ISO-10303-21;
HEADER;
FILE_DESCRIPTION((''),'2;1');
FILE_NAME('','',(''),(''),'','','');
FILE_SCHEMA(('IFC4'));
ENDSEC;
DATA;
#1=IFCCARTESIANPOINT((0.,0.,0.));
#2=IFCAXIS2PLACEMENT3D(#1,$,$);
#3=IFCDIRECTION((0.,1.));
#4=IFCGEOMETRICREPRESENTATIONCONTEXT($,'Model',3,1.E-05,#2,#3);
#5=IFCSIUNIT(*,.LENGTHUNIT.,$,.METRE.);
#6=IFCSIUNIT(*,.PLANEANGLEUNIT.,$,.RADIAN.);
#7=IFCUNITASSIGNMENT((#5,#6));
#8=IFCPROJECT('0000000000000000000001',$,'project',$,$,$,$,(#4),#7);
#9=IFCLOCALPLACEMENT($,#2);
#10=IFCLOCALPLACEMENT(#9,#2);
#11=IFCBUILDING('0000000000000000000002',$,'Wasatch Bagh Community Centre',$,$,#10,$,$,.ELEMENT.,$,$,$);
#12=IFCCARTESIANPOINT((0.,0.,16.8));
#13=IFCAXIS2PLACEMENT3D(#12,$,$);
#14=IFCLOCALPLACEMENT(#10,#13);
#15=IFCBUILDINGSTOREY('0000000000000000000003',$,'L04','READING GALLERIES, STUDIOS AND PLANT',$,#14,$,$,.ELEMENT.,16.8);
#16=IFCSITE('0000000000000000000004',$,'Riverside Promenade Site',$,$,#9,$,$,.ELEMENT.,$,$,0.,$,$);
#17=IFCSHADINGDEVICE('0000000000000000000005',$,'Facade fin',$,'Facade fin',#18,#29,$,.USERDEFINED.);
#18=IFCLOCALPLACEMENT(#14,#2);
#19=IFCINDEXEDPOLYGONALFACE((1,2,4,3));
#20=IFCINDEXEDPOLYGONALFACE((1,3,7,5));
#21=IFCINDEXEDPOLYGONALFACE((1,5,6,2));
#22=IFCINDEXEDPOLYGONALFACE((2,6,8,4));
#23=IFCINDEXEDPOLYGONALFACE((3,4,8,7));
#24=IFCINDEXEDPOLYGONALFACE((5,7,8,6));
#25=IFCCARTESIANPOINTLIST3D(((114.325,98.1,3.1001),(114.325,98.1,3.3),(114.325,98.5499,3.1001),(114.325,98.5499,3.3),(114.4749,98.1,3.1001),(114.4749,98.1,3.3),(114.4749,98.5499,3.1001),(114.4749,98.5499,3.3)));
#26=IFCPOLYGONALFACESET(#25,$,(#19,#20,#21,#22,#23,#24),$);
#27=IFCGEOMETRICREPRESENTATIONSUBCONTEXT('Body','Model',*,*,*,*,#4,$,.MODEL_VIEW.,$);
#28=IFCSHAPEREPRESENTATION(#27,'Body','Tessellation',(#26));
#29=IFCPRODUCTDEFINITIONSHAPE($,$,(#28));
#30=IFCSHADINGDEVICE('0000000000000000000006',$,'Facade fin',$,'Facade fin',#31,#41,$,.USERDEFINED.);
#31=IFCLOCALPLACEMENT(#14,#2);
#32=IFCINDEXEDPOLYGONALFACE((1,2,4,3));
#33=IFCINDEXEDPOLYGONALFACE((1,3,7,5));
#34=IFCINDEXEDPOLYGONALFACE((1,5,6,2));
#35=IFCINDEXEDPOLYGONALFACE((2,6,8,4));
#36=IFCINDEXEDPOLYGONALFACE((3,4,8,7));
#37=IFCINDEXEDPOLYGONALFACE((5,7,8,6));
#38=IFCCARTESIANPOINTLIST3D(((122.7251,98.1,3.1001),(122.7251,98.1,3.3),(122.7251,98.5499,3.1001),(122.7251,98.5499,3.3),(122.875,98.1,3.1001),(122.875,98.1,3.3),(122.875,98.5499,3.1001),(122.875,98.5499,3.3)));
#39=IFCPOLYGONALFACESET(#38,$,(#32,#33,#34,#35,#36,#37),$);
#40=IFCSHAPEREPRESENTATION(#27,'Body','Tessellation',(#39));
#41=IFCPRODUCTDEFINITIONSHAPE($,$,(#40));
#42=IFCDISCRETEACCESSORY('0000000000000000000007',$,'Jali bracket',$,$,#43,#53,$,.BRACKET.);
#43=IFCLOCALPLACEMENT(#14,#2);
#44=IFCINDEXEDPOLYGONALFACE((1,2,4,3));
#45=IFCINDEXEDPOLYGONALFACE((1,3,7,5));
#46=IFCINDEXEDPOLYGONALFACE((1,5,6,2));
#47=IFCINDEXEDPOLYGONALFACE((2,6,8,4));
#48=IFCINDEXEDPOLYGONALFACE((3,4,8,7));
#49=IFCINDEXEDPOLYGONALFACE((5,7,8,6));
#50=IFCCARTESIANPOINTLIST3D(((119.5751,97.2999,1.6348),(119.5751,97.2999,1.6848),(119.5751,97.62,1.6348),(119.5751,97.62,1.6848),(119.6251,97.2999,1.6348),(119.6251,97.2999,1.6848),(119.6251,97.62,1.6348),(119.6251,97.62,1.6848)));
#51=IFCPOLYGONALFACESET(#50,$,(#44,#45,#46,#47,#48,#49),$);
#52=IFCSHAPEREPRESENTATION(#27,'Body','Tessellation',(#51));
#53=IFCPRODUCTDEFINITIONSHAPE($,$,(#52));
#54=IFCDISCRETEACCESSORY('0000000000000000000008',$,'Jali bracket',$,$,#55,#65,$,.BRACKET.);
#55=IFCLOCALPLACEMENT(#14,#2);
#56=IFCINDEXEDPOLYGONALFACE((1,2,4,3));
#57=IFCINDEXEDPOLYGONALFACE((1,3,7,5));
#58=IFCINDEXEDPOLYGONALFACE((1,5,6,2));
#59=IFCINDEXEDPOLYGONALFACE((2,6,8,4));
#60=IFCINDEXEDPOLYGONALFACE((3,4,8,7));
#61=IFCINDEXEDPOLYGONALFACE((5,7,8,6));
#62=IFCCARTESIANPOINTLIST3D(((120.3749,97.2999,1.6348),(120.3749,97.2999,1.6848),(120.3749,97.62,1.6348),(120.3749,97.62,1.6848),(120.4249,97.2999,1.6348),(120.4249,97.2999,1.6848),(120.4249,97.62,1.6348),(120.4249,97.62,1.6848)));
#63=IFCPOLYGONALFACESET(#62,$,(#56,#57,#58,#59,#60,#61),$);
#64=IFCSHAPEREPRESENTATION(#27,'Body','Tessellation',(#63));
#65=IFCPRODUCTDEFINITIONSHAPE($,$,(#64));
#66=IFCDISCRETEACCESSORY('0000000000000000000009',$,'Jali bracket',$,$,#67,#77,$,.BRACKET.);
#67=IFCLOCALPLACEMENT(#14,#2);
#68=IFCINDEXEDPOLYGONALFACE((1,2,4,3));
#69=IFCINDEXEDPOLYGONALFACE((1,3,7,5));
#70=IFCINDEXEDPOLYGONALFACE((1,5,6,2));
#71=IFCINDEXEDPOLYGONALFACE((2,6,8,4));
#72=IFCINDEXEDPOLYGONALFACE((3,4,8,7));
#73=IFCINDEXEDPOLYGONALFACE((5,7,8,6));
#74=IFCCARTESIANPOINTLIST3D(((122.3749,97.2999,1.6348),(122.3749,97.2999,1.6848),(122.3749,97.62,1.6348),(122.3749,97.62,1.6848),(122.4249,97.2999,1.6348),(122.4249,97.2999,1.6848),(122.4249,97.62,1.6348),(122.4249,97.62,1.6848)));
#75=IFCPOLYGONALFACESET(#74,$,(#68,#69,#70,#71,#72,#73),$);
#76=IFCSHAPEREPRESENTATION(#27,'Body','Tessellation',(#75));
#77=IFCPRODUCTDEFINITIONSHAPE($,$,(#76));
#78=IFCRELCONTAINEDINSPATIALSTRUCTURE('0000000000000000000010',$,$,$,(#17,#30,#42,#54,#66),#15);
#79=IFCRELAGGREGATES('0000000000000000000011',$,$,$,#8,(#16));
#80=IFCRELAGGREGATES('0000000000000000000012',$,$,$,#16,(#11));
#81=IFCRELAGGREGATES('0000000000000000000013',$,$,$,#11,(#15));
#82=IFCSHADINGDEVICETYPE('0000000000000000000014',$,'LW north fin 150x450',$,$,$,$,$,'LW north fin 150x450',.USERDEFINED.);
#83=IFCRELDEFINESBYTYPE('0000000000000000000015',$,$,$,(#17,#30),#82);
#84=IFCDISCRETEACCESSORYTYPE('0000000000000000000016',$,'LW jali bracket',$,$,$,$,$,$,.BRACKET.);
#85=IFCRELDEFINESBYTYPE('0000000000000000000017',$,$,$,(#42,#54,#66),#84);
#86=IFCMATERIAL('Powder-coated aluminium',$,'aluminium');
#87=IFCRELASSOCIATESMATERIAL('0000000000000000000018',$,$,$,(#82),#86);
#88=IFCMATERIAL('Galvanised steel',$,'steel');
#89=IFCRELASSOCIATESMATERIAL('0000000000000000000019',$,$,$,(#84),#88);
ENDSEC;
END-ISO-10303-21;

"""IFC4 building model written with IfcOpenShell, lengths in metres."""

from ifc_helpers import new_model, si_unit, direction, frame, origin, origin_2d, place, context, subcontext, project, spatial, rectangle, extrude, material, type_object, element, save


model = new_model("IFC4")

# Units and contexts
model_context = context("Model", 3, precision=1e-05, world=origin(), true_north=direction((0.0, 1.0)))
body_context = subcontext(model_context, "Body", "Model", "MODEL_VIEW")
ifc_project = project(units=[si_unit("LENGTHUNIT", "METRE"), si_unit("PLANEANGLEUNIT", "RADIAN")], contexts=[model_context])

# Site, building, storey
site_placement = place(None, origin())
site = spatial("IfcSite", under=ifc_project, at=site_placement, Name="Riverside Promenade Site", CompositionType="ELEMENT", RefElevation=0.0)
building_placement = place(site_placement, origin())
building = spatial("IfcBuilding", under=site, at=building_placement, Name="Wasatch Bagh Community Centre", CompositionType="ELEMENT")
storey_placement = place(building_placement, frame((0.0, 0.0, 16.8)))
storey = spatial("IfcBuildingStorey", under=building, at=storey_placement, Name="L04", Description="READING GALLERIES, STUDIOS AND PLANT", CompositionType="ELEMENT", Elevation=16.8)

# Shading devices
ifc_material_1 = material(Name="Powder-coated aluminium", Category="aluminium")
shading_device_type = type_object("IfcShadingDeviceType", Name="LW north fin 150x450", ElementType="LW north fin 150x450", PredefinedType="USERDEFINED", material=ifc_material_1)
for number, where, z_axis, x_axis, name in (
    (1, (114.3999, 98.325, 3.1001), (0.0, 0.0, 1.0), (1.0, 0.0, 0.0), "Facade fin"),
    (2, (122.8, 98.325, 3.1001), (0.0, 0.0, 1.0), (1.0, 0.0, 0.0), "Facade fin"),
):
    element("IfcShadingDevice", number, at=place(storey_placement, frame(where, z_axis=z_axis, x_axis=x_axis)), inside=storey, type_object=shading_device_type, Name=name, ObjectType="Facade fin", PredefinedType="USERDEFINED", context=body_context, shape_type="SweptSolid", body=[
        extrude(rectangle(XDim=0.1499, YDim=0.45, at=origin_2d()), origin(), (0.0, 0.0, 1.0), 0.2),
    ])

# Discrete accessories
ifc_material_2 = material(Name="Galvanised steel", Category="steel")
discrete_accessory_type = type_object("IfcDiscreteAccessoryType", Name="LW jali bracket", PredefinedType="BRACKET", material=ifc_material_2)
for number, where, z_axis, x_axis, name in (
    (3, (119.6001, 97.46, 1.6348), (0.0, 0.0, 1.0), (1.0, 0.0, 0.0), "Jali bracket"),
    (4, (120.3999, 97.46, 1.6348), (0.0, 0.0, 1.0), (1.0, 0.0, 0.0), "Jali bracket"),
    (5, (122.3999, 97.46, 1.6348), (0.0, 0.0, 1.0), (1.0, 0.0, 0.0), "Jali bracket"),
):
    element("IfcDiscreteAccessory", number, at=place(storey_placement, frame(where, z_axis=z_axis, x_axis=x_axis)), inside=storey, type_object=discrete_accessory_type, Name=name, PredefinedType="BRACKET", context=body_context, shape_type="SweptSolid", body=[
        extrude(rectangle(XDim=0.05, YDim=0.3201, at=origin_2d()), origin(), (0.0, 0.0, 1.0), 0.05),
    ])

save(model, "model.ifc")
